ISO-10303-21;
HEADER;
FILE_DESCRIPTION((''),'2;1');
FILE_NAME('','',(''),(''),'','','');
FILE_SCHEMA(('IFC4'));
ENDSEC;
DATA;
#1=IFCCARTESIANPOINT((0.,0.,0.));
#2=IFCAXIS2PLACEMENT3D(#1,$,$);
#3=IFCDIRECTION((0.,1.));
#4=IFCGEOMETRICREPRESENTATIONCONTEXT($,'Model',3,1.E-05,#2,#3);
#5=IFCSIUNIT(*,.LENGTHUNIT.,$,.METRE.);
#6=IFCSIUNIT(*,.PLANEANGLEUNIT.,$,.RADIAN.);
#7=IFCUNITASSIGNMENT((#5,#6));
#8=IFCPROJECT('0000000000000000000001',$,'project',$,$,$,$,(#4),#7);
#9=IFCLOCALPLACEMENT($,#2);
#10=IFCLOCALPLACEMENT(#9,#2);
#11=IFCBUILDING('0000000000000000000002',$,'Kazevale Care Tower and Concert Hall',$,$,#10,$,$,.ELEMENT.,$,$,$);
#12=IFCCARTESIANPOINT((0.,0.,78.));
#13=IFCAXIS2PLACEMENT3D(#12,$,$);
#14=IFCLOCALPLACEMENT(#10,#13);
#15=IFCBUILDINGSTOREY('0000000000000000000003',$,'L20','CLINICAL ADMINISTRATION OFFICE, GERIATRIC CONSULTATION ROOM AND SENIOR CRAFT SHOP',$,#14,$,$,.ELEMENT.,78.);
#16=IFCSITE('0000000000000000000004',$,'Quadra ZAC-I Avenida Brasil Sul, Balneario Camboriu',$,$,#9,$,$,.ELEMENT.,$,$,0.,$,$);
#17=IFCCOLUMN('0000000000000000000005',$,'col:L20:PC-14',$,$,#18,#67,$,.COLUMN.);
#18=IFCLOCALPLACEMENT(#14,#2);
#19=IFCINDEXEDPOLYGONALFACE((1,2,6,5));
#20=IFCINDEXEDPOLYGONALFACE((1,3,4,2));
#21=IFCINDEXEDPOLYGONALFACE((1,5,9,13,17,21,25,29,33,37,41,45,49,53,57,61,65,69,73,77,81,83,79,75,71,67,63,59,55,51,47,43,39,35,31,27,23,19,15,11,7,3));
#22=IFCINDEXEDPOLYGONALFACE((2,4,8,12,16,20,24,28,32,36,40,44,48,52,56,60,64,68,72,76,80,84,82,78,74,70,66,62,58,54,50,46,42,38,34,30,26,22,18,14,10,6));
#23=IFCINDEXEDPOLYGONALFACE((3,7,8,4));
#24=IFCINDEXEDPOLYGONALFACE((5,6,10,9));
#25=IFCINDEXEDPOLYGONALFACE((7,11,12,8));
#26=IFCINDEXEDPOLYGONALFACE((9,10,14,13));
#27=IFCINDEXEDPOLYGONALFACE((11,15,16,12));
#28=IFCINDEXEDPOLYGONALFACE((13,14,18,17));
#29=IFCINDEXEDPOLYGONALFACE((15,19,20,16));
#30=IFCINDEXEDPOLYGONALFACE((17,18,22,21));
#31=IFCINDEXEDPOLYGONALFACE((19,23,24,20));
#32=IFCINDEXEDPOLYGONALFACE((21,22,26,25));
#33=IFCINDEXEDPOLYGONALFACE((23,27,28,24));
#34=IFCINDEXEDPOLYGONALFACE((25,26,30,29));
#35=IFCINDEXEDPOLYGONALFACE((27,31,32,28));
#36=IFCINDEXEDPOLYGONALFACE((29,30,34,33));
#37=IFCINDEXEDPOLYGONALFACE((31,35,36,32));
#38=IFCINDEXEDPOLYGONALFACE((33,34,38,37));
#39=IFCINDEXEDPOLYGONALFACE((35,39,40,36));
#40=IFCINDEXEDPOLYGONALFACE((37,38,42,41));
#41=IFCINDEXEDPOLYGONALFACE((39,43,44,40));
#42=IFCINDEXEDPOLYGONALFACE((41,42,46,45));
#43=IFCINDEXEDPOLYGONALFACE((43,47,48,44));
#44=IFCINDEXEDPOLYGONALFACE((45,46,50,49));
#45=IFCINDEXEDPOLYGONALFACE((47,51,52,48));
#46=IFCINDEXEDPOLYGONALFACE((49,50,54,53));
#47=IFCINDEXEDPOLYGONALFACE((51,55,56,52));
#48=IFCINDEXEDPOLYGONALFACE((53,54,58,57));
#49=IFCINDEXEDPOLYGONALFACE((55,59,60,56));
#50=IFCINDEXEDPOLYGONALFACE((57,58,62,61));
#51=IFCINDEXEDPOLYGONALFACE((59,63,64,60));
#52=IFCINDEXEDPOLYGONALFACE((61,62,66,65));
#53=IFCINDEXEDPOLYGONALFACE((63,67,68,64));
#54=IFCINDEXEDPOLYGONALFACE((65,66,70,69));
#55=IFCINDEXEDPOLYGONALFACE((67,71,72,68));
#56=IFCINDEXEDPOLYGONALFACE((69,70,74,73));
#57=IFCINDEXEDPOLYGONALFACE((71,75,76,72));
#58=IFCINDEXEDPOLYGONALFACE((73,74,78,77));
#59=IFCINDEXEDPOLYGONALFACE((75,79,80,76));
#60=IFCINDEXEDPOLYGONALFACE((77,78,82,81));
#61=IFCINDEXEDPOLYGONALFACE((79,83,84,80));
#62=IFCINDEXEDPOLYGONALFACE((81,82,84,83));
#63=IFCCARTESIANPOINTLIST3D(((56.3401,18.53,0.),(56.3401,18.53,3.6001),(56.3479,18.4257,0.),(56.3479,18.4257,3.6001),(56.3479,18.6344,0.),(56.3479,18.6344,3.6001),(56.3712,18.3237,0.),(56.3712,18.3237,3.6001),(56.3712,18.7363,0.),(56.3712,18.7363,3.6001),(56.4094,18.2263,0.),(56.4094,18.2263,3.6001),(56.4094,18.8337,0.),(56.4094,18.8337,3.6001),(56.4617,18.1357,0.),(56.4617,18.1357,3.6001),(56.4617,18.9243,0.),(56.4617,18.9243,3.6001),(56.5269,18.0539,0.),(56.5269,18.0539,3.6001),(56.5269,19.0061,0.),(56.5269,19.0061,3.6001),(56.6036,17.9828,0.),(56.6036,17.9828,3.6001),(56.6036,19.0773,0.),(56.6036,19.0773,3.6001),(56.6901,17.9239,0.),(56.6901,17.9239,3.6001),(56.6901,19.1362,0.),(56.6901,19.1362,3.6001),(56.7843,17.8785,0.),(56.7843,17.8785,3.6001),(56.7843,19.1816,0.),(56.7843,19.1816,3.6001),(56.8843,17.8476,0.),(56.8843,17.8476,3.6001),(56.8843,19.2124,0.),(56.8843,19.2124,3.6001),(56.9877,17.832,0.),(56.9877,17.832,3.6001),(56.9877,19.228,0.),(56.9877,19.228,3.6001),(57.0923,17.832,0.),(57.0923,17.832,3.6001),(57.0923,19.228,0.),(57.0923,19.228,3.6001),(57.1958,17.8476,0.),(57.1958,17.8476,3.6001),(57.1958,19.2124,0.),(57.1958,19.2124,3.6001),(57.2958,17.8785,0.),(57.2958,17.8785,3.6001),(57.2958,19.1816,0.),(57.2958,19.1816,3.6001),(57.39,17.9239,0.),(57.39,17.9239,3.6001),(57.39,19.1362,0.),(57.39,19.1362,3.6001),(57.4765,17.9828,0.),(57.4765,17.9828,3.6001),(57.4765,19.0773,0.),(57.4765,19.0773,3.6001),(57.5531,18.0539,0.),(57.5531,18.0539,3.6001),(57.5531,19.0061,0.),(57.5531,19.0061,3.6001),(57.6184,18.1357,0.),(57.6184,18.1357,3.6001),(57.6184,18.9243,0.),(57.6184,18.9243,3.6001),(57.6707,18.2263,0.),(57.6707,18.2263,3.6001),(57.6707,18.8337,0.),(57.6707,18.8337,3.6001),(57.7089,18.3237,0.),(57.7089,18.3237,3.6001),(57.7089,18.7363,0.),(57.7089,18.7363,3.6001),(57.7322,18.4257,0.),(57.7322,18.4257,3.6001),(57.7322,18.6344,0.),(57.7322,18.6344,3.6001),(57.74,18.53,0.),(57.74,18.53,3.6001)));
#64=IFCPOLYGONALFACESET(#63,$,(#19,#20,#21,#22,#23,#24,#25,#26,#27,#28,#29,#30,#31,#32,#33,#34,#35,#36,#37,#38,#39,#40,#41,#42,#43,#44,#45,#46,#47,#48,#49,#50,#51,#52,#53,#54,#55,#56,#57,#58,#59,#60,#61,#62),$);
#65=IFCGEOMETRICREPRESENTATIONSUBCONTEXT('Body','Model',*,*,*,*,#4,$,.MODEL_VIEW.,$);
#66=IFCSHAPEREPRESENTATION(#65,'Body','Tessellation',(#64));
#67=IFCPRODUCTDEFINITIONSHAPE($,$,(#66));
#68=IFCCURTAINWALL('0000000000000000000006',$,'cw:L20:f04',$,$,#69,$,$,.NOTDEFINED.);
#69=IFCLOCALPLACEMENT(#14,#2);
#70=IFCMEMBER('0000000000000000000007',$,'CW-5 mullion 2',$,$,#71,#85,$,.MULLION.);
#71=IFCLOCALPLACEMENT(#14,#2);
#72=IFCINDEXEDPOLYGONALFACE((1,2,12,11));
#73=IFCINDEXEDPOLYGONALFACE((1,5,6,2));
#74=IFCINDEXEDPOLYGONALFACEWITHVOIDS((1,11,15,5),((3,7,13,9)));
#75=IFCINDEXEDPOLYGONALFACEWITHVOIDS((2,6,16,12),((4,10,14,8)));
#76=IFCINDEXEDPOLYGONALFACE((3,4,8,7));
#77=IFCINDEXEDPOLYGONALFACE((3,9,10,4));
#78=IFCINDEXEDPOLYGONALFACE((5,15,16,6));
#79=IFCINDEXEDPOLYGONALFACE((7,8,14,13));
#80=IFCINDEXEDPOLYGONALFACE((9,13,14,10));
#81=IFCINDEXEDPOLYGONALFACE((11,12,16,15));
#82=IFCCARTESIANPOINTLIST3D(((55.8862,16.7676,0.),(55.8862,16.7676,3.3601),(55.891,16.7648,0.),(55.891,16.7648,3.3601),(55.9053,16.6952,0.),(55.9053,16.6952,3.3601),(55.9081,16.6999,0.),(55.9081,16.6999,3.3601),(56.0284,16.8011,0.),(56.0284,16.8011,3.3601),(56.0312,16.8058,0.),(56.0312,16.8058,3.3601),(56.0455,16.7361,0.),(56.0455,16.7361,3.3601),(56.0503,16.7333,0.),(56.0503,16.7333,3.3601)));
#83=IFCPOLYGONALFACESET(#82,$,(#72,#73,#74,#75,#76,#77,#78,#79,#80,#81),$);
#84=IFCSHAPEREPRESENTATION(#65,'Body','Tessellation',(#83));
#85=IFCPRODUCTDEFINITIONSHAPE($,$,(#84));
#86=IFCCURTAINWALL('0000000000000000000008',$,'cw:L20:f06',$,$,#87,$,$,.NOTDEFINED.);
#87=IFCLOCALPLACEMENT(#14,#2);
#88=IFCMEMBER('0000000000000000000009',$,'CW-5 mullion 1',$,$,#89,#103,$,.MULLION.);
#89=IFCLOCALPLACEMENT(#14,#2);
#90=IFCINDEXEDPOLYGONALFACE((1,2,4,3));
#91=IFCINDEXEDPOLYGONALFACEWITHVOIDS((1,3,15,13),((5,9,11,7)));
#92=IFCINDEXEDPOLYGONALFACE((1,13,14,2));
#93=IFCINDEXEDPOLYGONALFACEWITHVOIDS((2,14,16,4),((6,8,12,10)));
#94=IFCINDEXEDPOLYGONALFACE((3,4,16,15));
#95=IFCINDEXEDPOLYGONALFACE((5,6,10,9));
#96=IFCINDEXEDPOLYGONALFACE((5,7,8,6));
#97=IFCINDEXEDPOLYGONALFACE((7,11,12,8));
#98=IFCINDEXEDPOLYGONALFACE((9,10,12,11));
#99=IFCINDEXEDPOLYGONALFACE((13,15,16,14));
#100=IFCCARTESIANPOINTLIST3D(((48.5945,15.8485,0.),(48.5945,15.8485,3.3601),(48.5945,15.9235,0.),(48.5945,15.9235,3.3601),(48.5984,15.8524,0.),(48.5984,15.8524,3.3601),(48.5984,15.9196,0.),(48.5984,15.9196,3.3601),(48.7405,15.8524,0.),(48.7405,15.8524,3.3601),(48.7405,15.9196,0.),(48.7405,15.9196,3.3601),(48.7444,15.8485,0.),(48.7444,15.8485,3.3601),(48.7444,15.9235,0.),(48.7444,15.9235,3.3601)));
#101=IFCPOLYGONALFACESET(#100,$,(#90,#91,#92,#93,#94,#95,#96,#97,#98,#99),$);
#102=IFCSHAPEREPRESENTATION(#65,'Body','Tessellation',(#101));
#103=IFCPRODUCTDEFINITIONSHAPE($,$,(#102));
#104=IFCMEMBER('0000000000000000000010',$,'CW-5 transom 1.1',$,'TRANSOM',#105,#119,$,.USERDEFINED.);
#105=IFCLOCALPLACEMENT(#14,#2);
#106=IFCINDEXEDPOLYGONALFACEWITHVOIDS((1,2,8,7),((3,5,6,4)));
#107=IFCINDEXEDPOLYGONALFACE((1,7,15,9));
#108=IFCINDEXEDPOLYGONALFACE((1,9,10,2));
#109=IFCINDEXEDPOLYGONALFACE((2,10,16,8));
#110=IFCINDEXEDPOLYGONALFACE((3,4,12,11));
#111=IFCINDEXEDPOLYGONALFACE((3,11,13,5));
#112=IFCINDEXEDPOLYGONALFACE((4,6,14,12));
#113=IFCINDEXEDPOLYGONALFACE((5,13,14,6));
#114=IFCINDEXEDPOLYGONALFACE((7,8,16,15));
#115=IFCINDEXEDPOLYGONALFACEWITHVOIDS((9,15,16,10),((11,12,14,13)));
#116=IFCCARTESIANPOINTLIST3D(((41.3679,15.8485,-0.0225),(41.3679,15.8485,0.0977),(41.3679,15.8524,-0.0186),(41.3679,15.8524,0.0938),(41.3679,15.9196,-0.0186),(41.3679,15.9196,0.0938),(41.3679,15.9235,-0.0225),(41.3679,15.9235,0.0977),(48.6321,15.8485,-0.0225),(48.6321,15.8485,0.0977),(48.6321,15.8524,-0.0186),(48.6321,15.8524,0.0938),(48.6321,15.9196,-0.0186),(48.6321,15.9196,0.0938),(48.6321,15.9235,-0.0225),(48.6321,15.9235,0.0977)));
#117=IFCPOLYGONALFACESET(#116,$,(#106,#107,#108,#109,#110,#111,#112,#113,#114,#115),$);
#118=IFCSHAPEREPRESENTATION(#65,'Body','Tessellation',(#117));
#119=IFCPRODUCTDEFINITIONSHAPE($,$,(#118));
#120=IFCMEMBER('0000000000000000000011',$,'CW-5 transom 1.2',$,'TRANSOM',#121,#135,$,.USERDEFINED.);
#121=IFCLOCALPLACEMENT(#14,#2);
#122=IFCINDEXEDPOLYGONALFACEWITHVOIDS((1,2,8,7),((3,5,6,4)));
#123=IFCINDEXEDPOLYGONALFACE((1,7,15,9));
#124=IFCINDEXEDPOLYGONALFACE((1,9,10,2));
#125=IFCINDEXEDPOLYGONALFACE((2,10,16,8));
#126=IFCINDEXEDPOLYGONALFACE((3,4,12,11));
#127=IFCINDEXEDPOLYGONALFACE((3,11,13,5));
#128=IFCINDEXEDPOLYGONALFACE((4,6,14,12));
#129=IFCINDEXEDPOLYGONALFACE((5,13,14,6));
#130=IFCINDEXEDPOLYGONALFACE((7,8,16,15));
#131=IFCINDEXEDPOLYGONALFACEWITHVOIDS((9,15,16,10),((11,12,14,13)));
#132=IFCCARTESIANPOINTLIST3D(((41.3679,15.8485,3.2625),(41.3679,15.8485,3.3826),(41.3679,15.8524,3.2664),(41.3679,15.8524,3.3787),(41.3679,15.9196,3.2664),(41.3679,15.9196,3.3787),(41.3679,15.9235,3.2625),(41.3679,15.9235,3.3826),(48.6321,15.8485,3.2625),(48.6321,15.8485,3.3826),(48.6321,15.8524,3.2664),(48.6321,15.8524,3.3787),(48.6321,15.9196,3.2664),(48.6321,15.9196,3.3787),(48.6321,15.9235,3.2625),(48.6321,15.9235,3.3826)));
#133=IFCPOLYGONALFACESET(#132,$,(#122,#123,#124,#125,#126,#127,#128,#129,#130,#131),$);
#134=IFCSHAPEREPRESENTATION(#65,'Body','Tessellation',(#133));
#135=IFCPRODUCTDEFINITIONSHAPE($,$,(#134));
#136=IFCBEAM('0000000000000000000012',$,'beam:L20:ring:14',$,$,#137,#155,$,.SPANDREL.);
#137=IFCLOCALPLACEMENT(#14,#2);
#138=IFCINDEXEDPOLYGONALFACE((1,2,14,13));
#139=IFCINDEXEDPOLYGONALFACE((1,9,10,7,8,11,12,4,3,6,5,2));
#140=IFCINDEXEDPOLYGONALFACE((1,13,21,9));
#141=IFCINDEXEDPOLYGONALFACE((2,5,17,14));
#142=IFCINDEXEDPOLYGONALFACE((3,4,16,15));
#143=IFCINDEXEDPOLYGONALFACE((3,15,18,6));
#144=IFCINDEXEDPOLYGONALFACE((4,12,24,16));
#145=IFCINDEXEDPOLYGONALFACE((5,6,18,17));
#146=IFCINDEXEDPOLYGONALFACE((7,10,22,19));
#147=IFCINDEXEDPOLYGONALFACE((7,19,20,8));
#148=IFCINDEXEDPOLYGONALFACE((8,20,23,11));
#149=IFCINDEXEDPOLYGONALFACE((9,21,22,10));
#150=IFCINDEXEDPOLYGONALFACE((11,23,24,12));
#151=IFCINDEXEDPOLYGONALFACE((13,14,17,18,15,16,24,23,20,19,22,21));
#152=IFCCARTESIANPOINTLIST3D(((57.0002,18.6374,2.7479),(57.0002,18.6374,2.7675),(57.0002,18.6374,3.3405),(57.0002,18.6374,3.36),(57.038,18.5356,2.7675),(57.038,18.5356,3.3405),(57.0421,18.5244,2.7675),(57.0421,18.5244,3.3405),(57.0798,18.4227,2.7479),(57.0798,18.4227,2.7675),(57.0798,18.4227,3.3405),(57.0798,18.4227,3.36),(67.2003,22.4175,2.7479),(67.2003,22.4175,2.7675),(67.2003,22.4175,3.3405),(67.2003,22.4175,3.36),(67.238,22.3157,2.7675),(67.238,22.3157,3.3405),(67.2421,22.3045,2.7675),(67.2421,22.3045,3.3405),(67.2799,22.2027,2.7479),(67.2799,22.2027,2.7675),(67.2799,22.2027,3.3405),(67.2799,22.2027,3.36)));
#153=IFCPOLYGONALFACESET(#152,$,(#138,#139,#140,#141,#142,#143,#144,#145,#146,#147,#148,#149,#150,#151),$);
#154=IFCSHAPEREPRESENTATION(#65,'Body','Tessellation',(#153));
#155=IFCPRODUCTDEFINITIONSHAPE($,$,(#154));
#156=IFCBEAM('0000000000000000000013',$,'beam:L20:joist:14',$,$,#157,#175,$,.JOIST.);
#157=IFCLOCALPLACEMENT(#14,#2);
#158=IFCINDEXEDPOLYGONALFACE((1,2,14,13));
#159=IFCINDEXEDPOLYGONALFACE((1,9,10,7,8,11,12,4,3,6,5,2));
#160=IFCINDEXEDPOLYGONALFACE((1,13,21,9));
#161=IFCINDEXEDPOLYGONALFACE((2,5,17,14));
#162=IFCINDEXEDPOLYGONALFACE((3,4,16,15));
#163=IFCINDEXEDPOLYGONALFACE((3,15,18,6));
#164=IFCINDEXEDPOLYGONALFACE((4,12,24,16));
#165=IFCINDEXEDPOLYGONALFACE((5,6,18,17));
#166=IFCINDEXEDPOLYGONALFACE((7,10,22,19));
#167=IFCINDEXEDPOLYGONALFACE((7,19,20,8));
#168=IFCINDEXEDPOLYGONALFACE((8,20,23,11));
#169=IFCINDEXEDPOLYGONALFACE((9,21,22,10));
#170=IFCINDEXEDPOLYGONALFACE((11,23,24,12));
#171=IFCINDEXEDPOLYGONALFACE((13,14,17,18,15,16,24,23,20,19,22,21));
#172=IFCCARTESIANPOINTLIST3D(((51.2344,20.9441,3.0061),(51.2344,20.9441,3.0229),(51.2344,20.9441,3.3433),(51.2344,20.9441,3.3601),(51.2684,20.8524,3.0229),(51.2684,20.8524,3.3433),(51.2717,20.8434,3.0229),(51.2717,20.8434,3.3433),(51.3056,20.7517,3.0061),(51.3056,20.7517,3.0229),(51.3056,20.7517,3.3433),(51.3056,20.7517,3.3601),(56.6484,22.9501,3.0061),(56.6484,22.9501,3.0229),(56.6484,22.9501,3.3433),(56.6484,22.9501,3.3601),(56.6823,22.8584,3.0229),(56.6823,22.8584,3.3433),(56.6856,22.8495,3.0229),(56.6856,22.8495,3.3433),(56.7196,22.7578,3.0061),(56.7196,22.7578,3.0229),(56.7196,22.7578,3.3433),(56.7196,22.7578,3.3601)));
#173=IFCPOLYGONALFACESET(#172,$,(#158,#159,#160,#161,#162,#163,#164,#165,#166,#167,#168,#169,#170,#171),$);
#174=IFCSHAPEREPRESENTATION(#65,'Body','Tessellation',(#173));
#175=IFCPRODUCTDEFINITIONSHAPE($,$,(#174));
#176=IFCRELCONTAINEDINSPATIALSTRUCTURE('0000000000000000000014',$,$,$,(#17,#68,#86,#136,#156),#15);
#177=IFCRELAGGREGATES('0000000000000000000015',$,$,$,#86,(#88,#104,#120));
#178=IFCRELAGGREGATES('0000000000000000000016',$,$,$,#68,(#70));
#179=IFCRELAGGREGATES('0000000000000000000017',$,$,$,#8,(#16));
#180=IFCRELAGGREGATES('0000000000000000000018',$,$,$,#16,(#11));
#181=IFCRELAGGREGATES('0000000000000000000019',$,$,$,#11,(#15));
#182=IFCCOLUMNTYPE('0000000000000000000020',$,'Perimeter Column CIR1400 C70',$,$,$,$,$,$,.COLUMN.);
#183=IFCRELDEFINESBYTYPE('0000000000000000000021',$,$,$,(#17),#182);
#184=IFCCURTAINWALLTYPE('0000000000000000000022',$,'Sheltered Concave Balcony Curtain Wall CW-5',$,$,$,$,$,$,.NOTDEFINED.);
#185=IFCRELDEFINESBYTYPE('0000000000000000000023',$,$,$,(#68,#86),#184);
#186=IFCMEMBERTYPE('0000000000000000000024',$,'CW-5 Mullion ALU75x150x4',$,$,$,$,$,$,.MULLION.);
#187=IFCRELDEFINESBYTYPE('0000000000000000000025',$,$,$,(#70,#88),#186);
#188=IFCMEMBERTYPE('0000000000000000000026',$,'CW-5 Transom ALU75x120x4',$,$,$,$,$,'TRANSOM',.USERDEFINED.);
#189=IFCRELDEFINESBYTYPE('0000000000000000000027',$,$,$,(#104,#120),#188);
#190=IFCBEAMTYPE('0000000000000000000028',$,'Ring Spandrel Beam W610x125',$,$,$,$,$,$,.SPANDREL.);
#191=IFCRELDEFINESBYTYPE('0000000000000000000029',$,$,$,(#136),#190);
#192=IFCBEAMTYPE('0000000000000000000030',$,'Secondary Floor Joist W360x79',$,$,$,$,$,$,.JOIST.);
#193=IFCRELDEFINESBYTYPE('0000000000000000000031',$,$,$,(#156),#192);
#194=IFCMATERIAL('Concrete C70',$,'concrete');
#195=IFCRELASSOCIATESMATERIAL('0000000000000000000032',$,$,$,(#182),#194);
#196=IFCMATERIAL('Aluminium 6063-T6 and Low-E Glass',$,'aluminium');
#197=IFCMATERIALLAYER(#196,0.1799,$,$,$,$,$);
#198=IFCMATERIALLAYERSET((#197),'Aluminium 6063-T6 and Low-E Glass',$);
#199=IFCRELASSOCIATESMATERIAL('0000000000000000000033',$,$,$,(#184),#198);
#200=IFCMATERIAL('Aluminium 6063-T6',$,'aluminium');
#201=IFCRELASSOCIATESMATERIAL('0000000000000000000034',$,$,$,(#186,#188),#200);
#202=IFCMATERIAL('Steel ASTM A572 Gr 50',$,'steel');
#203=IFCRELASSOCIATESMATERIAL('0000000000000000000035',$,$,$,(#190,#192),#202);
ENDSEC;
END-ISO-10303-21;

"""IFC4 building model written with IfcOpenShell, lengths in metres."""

from ifc_helpers import new_model, si_unit, direction, frame, origin, origin_2d, place, context, subcontext, project, spatial, hollow_rectangle, circle, i_section, extrude, material, layer, layer_set, material_profile, profile_set, type_object, element, aggregate, save


model = new_model("IFC4")

# Units and contexts
model_context = context("Model", 3, precision=1e-05, world=origin(), true_north=direction((0.0, 1.0)))
body_context = subcontext(model_context, "Body", "Model", "MODEL_VIEW")
ifc_project = project(units=[si_unit("LENGTHUNIT", "METRE"), si_unit("PLANEANGLEUNIT", "RADIAN")], contexts=[model_context])

# Site, building, storey
site_placement = place(None, origin())
site = spatial("IfcSite", under=ifc_project, at=site_placement, Name="Quadra ZAC-I Avenida Brasil Sul, Balneario Camboriu", CompositionType="ELEMENT", RefElevation=0.0)
building_placement = place(site_placement, origin())
building = spatial("IfcBuilding", under=site, at=building_placement, Name="Kazevale Care Tower and Concert Hall", CompositionType="ELEMENT")
storey_placement = place(building_placement, frame((0.0, 0.0, 78.0)))
storey = spatial("IfcBuildingStorey", under=building, at=storey_placement, Name="L20", Description="CLINICAL ADMINISTRATION OFFICE, GERIATRIC CONSULTATION ROOM AND SENIOR CRAFT SHOP", CompositionType="ELEMENT", Elevation=78.0)

# Column
ifc_material_1 = material(Name="Concrete C70", Category="concrete")
ifc_material_profile_1 = material_profile(ifc_material_1, circle(Radius=0.7, at=origin_2d()), Name="RC-CIR1400")
ifc_profile_set_1 = profile_set([ifc_material_profile_1], Name="Concrete C70")
column_type = type_object("IfcColumnType", Name="Perimeter Column CIR1400 C70", PredefinedType="COLUMN", material=ifc_profile_set_1)
column_placement = place(storey_placement, frame((57.04, 18.53, 0.0), z_axis=(0.0, 0.0, 1.0), x_axis=(1.0, 0.0, 0.0)))
element("IfcColumn", 1, at=column_placement, inside=storey, type_object=column_type, Name="col:L20:PC-14", PredefinedType="COLUMN", context=body_context, shape_type="SweptSolid", body=[
    extrude(circle(Radius=0.7, at=origin_2d()), origin(), (0.0, 0.0, 1.0), 3.6001),
])

# Curtain wall, member
ifc_material_2 = material(Name="Aluminium 6063-T6 and Low-E Glass", Category="aluminium")
ifc_layer_1 = layer(ifc_material_2, 0.1799)
ifc_layer_set_1 = layer_set([ifc_layer_1], Name="Aluminium 6063-T6 and Low-E Glass")
curtain_wall_type = type_object("IfcCurtainWallType", Name="Sheltered Concave Balcony Curtain Wall CW-5", PredefinedType="NOTDEFINED", material=ifc_layer_set_1)
curtain_wall_1_placement = place(storey_placement, origin())
curtain_wall_1 = element("IfcCurtainWall", 2, at=curtain_wall_1_placement, inside=storey, type_object=curtain_wall_type, Name="cw:L20:f04", PredefinedType="NOTDEFINED")
ifc_material_3 = material(Name="Aluminium 6063-T6", Category="aluminium")
ifc_material_profile_2 = material_profile(ifc_material_3, hollow_rectangle(XDim=0.075, YDim=0.1499, WallThickness=0.0039, at=origin_2d()), Name="ALU75x150x4")
ifc_profile_set_2 = profile_set([ifc_material_profile_2], Name="Aluminium 6063-T6")
member_type_1 = type_object("IfcMemberType", Name="CW-5 Mullion ALU75x150x4", PredefinedType="MULLION", material=ifc_profile_set_2)
member_1_placement = place(storey_placement, frame((55.9683, 16.7505, 0.0), z_axis=(0.0, 0.0, 1.0), x_axis=(0.254829, -0.966986, 0.0)))
member_1 = element("IfcMember", 3, at=member_1_placement, type_object=member_type_1, Name="CW-5 mullion 2", PredefinedType="MULLION", context=body_context, shape_type="SweptSolid", body=[
    extrude(hollow_rectangle(XDim=0.075, YDim=0.1499, WallThickness=0.0039, at=origin_2d()), origin(), (0.0, 0.0, 1.0), 3.3601),
])

# Curtain wall, members
curtain_wall_2_placement = place(storey_placement, origin())
curtain_wall_2 = element("IfcCurtainWall", 4, at=curtain_wall_2_placement, inside=storey, type_object=curtain_wall_type, Name="cw:L20:f06", PredefinedType="NOTDEFINED")
member_2_placement = place(storey_placement, frame((48.6694, 15.886, 0.0), z_axis=(0.0, 0.0, 1.0), x_axis=(0.0, -1.0, 0.0)))
member_2 = element("IfcMember", 5, at=member_2_placement, type_object=member_type_1, Name="CW-5 mullion 1", PredefinedType="MULLION", context=body_context, shape_type="SweptSolid", body=[
    extrude(hollow_rectangle(XDim=0.075, YDim=0.1499, WallThickness=0.0039, at=origin_2d()), origin(), (0.0, 0.0, 1.0), 3.3601),
])
ifc_material_profile_3 = material_profile(ifc_material_3, hollow_rectangle(XDim=0.075, YDim=0.1201, WallThickness=0.0039, at=origin_2d()), Name="ALU75x120x4")
ifc_profile_set_3 = profile_set([ifc_material_profile_3], Name="Aluminium 6063-T6")
member_type_2 = type_object("IfcMemberType", Name="CW-5 Transom ALU75x120x4", ElementType="TRANSOM", PredefinedType="USERDEFINED", material=ifc_profile_set_3)
member_3_placement = place(storey_placement, frame((48.6321, 15.886, 0.0376), z_axis=(-1.0, 0.0, 0.0), x_axis=(0.0, -1.0, 0.0)))
member_3 = element("IfcMember", 6, at=member_3_placement, type_object=member_type_2, Name="CW-5 transom 1.1", ObjectType="TRANSOM", PredefinedType="USERDEFINED", context=body_context, shape_type="SweptSolid", body=[
    extrude(hollow_rectangle(XDim=0.075, YDim=0.1201, WallThickness=0.0039, at=origin_2d()), origin(), (0.0, 0.0, 1.0), 7.2642),
])
member_4_placement = place(storey_placement, frame((48.6321, 15.886, 3.3225), z_axis=(-1.0, 0.0, 0.0), x_axis=(0.0, -1.0, 0.0)))
member_4 = element("IfcMember", 7, at=member_4_placement, type_object=member_type_2, Name="CW-5 transom 1.2", ObjectType="TRANSOM", PredefinedType="USERDEFINED", context=body_context, shape_type="SweptSolid", body=[
    extrude(hollow_rectangle(XDim=0.075, YDim=0.1201, WallThickness=0.0039, at=origin_2d()), origin(), (0.0, 0.0, 1.0), 7.2642),
])
aggregate(curtain_wall_2, [member_2, member_3, member_4])

# Beams
ifc_material_4 = material(Name="Steel ASTM A572 Gr 50", Category="steel")
ifc_material_profile_4 = material_profile(ifc_material_4, i_section(OverallWidth=0.229, OverallDepth=0.6121, WebThickness=0.012, FlangeThickness=0.0195, at=origin_2d()), Name="W610x125")
ifc_profile_set_4 = profile_set([ifc_material_profile_4], Name="Steel ASTM A572 Gr 50")
beam_type_1 = type_object("IfcBeamType", Name="Ring Spandrel Beam W610x125", PredefinedType="SPANDREL", material=ifc_profile_set_4)
beam_1_placement = place(storey_placement, frame((57.04, 18.53, 3.054), z_axis=(0.937681, 0.347498, 0.0), x_axis=(-0.347498, 0.937681, 0.0)))
element("IfcBeam", 8, at=beam_1_placement, inside=storey, type_object=beam_type_1, Name="beam:L20:ring:14", PredefinedType="SPANDREL", context=body_context, shape_type="SweptSolid", body=[
    extrude(i_section(OverallWidth=0.229, OverallDepth=0.6121, WebThickness=0.012, FlangeThickness=0.0195, at=origin_2d()), origin(), (0.0, 0.0, 1.0), 10.8779),
])
ifc_material_profile_5 = material_profile(ifc_material_4, i_section(OverallWidth=0.2051, OverallDepth=0.354, WebThickness=0.0095, FlangeThickness=0.0168, at=origin_2d()), Name="W360x79")
ifc_profile_set_5 = profile_set([ifc_material_profile_5], Name="Steel ASTM A572 Gr 50")
beam_type_2 = type_object("IfcBeamType", Name="Secondary Floor Joist W360x79", PredefinedType="JOIST", material=ifc_profile_set_5)
beam_2_placement = place(storey_placement, frame((51.27, 20.8479, 3.1831), z_axis=(0.937698, 0.347451, 0.0), x_axis=(-0.347451, 0.937698, 0.0)))
element("IfcBeam", 9, at=beam_2_placement, inside=storey, type_object=beam_type_2, Name="beam:L20:joist:14", PredefinedType="JOIST", context=body_context, shape_type="SweptSolid", body=[
    extrude(i_section(OverallWidth=0.2051, OverallDepth=0.354, WebThickness=0.0095, FlangeThickness=0.0168, at=origin_2d()), origin(), (0.0, 0.0, 1.0), 5.7737),
])

aggregate(curtain_wall_1, [member_1])

save(model, "model.ifc")
